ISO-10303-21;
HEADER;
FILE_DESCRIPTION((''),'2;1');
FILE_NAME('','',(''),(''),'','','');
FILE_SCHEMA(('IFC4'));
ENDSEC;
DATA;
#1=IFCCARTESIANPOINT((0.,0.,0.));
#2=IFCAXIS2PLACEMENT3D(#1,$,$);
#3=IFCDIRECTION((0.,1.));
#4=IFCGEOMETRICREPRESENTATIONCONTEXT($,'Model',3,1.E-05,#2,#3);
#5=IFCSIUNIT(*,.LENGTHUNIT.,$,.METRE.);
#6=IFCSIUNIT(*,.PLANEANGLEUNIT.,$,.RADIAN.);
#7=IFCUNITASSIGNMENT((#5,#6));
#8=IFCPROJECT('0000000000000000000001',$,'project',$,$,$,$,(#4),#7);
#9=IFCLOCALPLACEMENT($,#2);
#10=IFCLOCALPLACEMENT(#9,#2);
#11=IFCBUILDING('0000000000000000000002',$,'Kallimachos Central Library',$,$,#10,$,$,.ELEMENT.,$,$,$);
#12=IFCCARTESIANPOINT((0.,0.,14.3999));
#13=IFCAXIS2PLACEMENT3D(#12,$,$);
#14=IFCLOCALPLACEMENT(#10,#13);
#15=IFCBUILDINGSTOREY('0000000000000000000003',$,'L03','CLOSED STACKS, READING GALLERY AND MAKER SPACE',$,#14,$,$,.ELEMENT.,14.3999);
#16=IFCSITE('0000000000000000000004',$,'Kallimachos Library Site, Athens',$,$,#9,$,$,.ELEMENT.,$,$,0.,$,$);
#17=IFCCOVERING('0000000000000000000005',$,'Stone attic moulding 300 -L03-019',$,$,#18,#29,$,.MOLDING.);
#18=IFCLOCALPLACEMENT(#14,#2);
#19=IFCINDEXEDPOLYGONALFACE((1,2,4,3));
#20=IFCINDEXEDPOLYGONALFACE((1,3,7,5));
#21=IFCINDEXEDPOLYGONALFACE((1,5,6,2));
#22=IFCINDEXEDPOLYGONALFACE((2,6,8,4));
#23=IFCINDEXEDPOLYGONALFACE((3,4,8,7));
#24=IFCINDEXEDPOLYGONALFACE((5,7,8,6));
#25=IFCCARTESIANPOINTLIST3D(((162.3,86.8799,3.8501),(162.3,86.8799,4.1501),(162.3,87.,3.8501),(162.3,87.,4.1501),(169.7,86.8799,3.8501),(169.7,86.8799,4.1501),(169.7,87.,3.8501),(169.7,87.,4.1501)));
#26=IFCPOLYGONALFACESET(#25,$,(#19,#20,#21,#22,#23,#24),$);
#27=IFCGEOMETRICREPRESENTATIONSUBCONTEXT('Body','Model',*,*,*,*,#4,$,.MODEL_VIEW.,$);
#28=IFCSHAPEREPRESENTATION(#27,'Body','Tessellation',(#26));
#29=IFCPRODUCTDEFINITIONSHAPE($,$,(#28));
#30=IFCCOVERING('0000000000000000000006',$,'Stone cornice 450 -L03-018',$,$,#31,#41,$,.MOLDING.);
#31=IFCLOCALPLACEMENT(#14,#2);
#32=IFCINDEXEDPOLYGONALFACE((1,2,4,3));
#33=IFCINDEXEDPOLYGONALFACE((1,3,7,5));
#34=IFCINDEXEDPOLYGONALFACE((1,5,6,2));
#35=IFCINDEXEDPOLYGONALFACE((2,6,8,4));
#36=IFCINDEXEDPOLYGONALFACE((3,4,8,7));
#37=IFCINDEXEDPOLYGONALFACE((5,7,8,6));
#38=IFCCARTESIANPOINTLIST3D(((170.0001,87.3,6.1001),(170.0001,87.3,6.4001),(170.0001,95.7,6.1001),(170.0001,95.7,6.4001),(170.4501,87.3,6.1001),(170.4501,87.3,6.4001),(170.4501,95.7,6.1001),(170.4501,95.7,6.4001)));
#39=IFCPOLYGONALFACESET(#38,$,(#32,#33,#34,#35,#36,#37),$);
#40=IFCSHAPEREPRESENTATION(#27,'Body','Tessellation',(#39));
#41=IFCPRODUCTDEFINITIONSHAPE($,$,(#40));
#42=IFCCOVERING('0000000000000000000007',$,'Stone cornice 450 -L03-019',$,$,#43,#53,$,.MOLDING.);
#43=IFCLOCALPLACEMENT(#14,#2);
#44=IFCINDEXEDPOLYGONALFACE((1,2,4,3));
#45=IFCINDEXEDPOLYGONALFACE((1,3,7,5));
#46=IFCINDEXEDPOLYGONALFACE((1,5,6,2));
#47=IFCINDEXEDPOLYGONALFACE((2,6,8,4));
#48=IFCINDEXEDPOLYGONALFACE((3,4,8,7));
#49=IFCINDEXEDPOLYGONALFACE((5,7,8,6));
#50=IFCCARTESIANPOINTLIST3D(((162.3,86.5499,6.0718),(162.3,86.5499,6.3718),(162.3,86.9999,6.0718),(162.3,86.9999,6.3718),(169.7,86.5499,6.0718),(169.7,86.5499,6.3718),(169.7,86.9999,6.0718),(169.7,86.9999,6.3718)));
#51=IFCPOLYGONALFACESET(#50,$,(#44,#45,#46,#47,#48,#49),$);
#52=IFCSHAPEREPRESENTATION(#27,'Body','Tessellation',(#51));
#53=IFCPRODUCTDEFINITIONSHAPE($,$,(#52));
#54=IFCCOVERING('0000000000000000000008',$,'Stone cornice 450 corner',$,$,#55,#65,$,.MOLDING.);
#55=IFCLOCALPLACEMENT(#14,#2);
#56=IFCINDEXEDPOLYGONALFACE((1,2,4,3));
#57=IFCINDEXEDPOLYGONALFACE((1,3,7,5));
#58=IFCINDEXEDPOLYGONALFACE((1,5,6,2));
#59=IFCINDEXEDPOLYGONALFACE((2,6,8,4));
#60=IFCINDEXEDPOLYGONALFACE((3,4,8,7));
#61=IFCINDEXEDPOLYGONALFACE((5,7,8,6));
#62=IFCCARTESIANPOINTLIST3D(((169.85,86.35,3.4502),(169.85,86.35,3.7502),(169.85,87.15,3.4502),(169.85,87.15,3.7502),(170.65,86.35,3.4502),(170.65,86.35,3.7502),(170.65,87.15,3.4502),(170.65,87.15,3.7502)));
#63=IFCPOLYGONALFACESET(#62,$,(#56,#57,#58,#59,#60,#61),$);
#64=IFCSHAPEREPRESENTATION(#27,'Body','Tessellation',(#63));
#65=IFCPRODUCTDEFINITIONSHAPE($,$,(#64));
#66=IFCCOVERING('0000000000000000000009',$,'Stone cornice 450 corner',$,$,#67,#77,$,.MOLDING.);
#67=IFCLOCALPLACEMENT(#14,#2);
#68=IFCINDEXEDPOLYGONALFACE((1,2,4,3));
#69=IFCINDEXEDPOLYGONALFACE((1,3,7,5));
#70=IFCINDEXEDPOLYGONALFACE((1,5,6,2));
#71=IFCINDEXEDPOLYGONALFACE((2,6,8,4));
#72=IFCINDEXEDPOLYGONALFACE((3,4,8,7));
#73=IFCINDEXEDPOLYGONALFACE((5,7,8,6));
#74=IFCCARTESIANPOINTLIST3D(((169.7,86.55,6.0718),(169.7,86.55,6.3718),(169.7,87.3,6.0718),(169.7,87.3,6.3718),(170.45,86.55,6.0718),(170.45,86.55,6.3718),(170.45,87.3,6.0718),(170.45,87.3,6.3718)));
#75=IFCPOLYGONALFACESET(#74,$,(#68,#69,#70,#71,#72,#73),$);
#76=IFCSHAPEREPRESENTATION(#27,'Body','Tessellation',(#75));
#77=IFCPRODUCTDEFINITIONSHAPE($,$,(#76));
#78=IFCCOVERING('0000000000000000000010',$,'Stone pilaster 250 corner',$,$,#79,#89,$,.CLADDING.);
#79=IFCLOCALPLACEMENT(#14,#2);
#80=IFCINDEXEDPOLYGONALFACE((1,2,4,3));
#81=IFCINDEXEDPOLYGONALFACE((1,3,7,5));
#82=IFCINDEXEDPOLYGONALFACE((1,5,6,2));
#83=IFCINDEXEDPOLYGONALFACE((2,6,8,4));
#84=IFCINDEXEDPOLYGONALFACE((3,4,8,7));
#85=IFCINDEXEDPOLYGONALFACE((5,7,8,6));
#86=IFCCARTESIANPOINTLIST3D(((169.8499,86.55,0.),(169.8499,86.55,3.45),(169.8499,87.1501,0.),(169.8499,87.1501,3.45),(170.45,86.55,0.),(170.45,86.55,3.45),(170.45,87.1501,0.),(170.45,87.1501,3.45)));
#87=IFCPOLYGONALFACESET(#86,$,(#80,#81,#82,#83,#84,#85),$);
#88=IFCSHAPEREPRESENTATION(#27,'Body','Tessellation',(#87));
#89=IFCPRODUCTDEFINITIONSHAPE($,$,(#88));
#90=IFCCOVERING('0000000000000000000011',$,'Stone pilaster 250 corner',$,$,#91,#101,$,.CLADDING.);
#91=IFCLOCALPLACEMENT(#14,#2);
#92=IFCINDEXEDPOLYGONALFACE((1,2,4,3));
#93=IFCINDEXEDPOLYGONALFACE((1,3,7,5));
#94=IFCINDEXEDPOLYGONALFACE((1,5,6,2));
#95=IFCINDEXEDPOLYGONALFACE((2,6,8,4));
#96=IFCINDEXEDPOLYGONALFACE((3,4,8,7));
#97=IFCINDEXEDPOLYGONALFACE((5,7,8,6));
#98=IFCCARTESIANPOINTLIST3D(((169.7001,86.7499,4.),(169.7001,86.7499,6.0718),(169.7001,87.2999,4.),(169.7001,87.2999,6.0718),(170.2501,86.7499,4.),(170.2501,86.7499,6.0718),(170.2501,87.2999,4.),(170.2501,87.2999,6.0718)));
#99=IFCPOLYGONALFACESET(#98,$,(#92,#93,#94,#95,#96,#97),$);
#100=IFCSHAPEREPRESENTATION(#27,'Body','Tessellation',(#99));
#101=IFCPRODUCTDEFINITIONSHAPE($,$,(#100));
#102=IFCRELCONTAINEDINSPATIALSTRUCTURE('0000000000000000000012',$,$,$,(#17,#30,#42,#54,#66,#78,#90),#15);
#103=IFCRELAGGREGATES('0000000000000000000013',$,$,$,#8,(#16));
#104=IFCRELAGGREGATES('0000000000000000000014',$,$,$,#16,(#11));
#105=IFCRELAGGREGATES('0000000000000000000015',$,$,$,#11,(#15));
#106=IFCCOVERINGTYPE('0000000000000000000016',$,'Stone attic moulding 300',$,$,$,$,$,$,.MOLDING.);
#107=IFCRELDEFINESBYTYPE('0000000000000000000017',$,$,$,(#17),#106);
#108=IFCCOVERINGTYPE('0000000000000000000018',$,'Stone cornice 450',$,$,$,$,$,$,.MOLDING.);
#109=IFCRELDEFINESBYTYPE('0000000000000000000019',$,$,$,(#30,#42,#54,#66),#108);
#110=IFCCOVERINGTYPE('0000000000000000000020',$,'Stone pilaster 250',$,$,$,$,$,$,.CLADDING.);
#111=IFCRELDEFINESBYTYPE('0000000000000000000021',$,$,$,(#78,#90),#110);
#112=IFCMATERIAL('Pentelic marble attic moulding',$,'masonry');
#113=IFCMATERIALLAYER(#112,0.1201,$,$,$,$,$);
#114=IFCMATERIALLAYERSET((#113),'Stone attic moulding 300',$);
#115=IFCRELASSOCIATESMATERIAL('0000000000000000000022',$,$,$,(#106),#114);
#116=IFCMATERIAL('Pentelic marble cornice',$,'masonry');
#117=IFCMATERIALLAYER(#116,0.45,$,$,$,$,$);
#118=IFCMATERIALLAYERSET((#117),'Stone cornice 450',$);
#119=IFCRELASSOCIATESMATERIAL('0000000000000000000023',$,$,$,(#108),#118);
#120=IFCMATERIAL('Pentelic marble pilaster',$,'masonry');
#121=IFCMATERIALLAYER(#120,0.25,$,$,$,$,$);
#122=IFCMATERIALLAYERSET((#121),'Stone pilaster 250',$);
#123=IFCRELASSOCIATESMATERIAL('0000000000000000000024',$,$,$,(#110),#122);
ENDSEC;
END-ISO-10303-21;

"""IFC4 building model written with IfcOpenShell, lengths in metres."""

from ifc_helpers import new_model, si_unit, direction, frame, origin, origin_2d, place, context, subcontext, project, spatial, rectangle, extrude, material, layer, layer_set, type_object, element, save


model = new_model("IFC4")

# Units and contexts
model_context = context("Model", 3, precision=1e-05, world=origin(), true_north=direction((0.0, 1.0)))
body_context = subcontext(model_context, "Body", "Model", "MODEL_VIEW")
ifc_project = project(units=[si_unit("LENGTHUNIT", "METRE"), si_unit("PLANEANGLEUNIT", "RADIAN")], contexts=[model_context])

# Site, building, storey
site_placement = place(None, origin())
site = spatial("IfcSite", under=ifc_project, at=site_placement, Name="Kallimachos Library Site, Athens", CompositionType="ELEMENT", RefElevation=0.0)
building_placement = place(site_placement, origin())
building = spatial("IfcBuilding", under=site, at=building_placement, Name="Kallimachos Central Library", CompositionType="ELEMENT")
storey_placement = place(building_placement, frame((0.0, 0.0, 14.3999)))
storey = spatial("IfcBuildingStorey", under=building, at=storey_placement, Name="L03", Description="CLOSED STACKS, READING GALLERY AND MAKER SPACE", CompositionType="ELEMENT", Elevation=14.3999)

# Coverings
ifc_material_1 = material(Name="Pentelic marble attic moulding", Category="masonry")
ifc_layer_1 = layer(ifc_material_1, 0.1201)
ifc_layer_set_1 = layer_set([ifc_layer_1], Name="Stone attic moulding 300")
covering_type_1 = type_object("IfcCoveringType", Name="Stone attic moulding 300", PredefinedType="MOLDING", material=ifc_layer_set_1)
covering_1_placement = place(storey_placement, frame((166.0, 86.9399, 3.8501), z_axis=(0.0, 0.0, 1.0), x_axis=(1.0, 0.0, 0.0)))
element("IfcCovering", 1, at=covering_1_placement, inside=storey, type_object=covering_type_1, Name="Stone attic moulding 300 -L03-019", PredefinedType="MOLDING", context=body_context, shape_type="SweptSolid", body=[
    extrude(rectangle(XDim=7.3999, YDim=0.1201, at=origin_2d()), origin(), (0.0, 0.0, 1.0), 0.3),
])
ifc_material_2 = material(Name="Pentelic marble cornice", Category="masonry")
ifc_layer_2 = layer(ifc_material_2, 0.45)
ifc_layer_set_2 = layer_set([ifc_layer_2], Name="Stone cornice 450")
covering_type_2 = type_object("IfcCoveringType", Name="Stone cornice 450", PredefinedType="MOLDING", material=ifc_layer_set_2)
covering_2_placement = place(storey_placement, frame((170.2251, 91.5, 6.1001), z_axis=(0.0, 0.0, 1.0), x_axis=(1.0, 0.0, 0.0)))
element("IfcCovering", 2, at=covering_2_placement, inside=storey, type_object=covering_type_2, Name="Stone cornice 450 -L03-018", PredefinedType="MOLDING", context=body_context, shape_type="SweptSolid", body=[
    extrude(rectangle(XDim=0.45, YDim=8.3999, at=origin_2d()), origin(), (0.0, 0.0, 1.0), 0.3),
])
covering_3_placement = place(storey_placement, frame((166.0, 86.7749, 6.0718), z_axis=(0.0, 0.0, 1.0), x_axis=(1.0, 0.0, 0.0)))
element("IfcCovering", 3, at=covering_3_placement, inside=storey, type_object=covering_type_2, Name="Stone cornice 450 -L03-019", PredefinedType="MOLDING", context=body_context, shape_type="SweptSolid", body=[
    extrude(rectangle(XDim=7.3999, YDim=0.45, at=origin_2d()), origin(), (0.0, 0.0, 1.0), 0.3),
])
covering_4_placement = place(storey_placement, frame((170.25, 86.75, 3.4502), z_axis=(0.0, 0.0, 1.0), x_axis=(1.0, 0.0, 0.0)))
element("IfcCovering", 4, at=covering_4_placement, inside=storey, type_object=covering_type_2, Name="Stone cornice 450 corner", PredefinedType="MOLDING", context=body_context, shape_type="SweptSolid", body=[
    extrude(rectangle(XDim=0.8, YDim=0.8, at=origin_2d()), origin(), (0.0, 0.0, 1.0), 0.3),
])
covering_5_placement = place(storey_placement, frame((170.075, 86.925, 6.0718), z_axis=(0.0, 0.0, 1.0), x_axis=(1.0, 0.0, 0.0)))
element("IfcCovering", 5, at=covering_5_placement, inside=storey, type_object=covering_type_2, Name="Stone cornice 450 corner", PredefinedType="MOLDING", context=body_context, shape_type="SweptSolid", body=[
    extrude(rectangle(XDim=0.75, YDim=0.75, at=origin_2d()), origin(), (0.0, 0.0, 1.0), 0.3),
])
ifc_material_3 = material(Name="Pentelic marble pilaster", Category="masonry")
ifc_layer_3 = layer(ifc_material_3, 0.25)
ifc_layer_set_3 = layer_set([ifc_layer_3], Name="Stone pilaster 250")
covering_type_3 = type_object("IfcCoveringType", Name="Stone pilaster 250", PredefinedType="CLADDING", material=ifc_layer_set_3)
covering_6_placement = place(storey_placement, frame((170.1499, 86.8501, 0.0), z_axis=(0.0, 0.0, 1.0), x_axis=(1.0, 0.0, 0.0)))
element("IfcCovering", 6, at=covering_6_placement, inside=storey, type_object=covering_type_3, Name="Stone pilaster 250 corner", PredefinedType="CLADDING", context=body_context, shape_type="SweptSolid", body=[
    extrude(rectangle(XDim=0.6001, YDim=0.6001, at=origin_2d()), origin(), (0.0, 0.0, 1.0), 3.45),
])
covering_7_placement = place(storey_placement, frame((169.9751, 87.0249, 4.0), z_axis=(0.0, 0.0, 1.0), x_axis=(1.0, 0.0, 0.0)))
element("IfcCovering", 7, at=covering_7_placement, inside=storey, type_object=covering_type_3, Name="Stone pilaster 250 corner", PredefinedType="CLADDING", context=body_context, shape_type="SweptSolid", body=[
    extrude(rectangle(XDim=0.55, YDim=0.55, at=origin_2d()), origin(), (0.0, 0.0, 1.0), 2.0718),
])

save(model, "model.ifc")
